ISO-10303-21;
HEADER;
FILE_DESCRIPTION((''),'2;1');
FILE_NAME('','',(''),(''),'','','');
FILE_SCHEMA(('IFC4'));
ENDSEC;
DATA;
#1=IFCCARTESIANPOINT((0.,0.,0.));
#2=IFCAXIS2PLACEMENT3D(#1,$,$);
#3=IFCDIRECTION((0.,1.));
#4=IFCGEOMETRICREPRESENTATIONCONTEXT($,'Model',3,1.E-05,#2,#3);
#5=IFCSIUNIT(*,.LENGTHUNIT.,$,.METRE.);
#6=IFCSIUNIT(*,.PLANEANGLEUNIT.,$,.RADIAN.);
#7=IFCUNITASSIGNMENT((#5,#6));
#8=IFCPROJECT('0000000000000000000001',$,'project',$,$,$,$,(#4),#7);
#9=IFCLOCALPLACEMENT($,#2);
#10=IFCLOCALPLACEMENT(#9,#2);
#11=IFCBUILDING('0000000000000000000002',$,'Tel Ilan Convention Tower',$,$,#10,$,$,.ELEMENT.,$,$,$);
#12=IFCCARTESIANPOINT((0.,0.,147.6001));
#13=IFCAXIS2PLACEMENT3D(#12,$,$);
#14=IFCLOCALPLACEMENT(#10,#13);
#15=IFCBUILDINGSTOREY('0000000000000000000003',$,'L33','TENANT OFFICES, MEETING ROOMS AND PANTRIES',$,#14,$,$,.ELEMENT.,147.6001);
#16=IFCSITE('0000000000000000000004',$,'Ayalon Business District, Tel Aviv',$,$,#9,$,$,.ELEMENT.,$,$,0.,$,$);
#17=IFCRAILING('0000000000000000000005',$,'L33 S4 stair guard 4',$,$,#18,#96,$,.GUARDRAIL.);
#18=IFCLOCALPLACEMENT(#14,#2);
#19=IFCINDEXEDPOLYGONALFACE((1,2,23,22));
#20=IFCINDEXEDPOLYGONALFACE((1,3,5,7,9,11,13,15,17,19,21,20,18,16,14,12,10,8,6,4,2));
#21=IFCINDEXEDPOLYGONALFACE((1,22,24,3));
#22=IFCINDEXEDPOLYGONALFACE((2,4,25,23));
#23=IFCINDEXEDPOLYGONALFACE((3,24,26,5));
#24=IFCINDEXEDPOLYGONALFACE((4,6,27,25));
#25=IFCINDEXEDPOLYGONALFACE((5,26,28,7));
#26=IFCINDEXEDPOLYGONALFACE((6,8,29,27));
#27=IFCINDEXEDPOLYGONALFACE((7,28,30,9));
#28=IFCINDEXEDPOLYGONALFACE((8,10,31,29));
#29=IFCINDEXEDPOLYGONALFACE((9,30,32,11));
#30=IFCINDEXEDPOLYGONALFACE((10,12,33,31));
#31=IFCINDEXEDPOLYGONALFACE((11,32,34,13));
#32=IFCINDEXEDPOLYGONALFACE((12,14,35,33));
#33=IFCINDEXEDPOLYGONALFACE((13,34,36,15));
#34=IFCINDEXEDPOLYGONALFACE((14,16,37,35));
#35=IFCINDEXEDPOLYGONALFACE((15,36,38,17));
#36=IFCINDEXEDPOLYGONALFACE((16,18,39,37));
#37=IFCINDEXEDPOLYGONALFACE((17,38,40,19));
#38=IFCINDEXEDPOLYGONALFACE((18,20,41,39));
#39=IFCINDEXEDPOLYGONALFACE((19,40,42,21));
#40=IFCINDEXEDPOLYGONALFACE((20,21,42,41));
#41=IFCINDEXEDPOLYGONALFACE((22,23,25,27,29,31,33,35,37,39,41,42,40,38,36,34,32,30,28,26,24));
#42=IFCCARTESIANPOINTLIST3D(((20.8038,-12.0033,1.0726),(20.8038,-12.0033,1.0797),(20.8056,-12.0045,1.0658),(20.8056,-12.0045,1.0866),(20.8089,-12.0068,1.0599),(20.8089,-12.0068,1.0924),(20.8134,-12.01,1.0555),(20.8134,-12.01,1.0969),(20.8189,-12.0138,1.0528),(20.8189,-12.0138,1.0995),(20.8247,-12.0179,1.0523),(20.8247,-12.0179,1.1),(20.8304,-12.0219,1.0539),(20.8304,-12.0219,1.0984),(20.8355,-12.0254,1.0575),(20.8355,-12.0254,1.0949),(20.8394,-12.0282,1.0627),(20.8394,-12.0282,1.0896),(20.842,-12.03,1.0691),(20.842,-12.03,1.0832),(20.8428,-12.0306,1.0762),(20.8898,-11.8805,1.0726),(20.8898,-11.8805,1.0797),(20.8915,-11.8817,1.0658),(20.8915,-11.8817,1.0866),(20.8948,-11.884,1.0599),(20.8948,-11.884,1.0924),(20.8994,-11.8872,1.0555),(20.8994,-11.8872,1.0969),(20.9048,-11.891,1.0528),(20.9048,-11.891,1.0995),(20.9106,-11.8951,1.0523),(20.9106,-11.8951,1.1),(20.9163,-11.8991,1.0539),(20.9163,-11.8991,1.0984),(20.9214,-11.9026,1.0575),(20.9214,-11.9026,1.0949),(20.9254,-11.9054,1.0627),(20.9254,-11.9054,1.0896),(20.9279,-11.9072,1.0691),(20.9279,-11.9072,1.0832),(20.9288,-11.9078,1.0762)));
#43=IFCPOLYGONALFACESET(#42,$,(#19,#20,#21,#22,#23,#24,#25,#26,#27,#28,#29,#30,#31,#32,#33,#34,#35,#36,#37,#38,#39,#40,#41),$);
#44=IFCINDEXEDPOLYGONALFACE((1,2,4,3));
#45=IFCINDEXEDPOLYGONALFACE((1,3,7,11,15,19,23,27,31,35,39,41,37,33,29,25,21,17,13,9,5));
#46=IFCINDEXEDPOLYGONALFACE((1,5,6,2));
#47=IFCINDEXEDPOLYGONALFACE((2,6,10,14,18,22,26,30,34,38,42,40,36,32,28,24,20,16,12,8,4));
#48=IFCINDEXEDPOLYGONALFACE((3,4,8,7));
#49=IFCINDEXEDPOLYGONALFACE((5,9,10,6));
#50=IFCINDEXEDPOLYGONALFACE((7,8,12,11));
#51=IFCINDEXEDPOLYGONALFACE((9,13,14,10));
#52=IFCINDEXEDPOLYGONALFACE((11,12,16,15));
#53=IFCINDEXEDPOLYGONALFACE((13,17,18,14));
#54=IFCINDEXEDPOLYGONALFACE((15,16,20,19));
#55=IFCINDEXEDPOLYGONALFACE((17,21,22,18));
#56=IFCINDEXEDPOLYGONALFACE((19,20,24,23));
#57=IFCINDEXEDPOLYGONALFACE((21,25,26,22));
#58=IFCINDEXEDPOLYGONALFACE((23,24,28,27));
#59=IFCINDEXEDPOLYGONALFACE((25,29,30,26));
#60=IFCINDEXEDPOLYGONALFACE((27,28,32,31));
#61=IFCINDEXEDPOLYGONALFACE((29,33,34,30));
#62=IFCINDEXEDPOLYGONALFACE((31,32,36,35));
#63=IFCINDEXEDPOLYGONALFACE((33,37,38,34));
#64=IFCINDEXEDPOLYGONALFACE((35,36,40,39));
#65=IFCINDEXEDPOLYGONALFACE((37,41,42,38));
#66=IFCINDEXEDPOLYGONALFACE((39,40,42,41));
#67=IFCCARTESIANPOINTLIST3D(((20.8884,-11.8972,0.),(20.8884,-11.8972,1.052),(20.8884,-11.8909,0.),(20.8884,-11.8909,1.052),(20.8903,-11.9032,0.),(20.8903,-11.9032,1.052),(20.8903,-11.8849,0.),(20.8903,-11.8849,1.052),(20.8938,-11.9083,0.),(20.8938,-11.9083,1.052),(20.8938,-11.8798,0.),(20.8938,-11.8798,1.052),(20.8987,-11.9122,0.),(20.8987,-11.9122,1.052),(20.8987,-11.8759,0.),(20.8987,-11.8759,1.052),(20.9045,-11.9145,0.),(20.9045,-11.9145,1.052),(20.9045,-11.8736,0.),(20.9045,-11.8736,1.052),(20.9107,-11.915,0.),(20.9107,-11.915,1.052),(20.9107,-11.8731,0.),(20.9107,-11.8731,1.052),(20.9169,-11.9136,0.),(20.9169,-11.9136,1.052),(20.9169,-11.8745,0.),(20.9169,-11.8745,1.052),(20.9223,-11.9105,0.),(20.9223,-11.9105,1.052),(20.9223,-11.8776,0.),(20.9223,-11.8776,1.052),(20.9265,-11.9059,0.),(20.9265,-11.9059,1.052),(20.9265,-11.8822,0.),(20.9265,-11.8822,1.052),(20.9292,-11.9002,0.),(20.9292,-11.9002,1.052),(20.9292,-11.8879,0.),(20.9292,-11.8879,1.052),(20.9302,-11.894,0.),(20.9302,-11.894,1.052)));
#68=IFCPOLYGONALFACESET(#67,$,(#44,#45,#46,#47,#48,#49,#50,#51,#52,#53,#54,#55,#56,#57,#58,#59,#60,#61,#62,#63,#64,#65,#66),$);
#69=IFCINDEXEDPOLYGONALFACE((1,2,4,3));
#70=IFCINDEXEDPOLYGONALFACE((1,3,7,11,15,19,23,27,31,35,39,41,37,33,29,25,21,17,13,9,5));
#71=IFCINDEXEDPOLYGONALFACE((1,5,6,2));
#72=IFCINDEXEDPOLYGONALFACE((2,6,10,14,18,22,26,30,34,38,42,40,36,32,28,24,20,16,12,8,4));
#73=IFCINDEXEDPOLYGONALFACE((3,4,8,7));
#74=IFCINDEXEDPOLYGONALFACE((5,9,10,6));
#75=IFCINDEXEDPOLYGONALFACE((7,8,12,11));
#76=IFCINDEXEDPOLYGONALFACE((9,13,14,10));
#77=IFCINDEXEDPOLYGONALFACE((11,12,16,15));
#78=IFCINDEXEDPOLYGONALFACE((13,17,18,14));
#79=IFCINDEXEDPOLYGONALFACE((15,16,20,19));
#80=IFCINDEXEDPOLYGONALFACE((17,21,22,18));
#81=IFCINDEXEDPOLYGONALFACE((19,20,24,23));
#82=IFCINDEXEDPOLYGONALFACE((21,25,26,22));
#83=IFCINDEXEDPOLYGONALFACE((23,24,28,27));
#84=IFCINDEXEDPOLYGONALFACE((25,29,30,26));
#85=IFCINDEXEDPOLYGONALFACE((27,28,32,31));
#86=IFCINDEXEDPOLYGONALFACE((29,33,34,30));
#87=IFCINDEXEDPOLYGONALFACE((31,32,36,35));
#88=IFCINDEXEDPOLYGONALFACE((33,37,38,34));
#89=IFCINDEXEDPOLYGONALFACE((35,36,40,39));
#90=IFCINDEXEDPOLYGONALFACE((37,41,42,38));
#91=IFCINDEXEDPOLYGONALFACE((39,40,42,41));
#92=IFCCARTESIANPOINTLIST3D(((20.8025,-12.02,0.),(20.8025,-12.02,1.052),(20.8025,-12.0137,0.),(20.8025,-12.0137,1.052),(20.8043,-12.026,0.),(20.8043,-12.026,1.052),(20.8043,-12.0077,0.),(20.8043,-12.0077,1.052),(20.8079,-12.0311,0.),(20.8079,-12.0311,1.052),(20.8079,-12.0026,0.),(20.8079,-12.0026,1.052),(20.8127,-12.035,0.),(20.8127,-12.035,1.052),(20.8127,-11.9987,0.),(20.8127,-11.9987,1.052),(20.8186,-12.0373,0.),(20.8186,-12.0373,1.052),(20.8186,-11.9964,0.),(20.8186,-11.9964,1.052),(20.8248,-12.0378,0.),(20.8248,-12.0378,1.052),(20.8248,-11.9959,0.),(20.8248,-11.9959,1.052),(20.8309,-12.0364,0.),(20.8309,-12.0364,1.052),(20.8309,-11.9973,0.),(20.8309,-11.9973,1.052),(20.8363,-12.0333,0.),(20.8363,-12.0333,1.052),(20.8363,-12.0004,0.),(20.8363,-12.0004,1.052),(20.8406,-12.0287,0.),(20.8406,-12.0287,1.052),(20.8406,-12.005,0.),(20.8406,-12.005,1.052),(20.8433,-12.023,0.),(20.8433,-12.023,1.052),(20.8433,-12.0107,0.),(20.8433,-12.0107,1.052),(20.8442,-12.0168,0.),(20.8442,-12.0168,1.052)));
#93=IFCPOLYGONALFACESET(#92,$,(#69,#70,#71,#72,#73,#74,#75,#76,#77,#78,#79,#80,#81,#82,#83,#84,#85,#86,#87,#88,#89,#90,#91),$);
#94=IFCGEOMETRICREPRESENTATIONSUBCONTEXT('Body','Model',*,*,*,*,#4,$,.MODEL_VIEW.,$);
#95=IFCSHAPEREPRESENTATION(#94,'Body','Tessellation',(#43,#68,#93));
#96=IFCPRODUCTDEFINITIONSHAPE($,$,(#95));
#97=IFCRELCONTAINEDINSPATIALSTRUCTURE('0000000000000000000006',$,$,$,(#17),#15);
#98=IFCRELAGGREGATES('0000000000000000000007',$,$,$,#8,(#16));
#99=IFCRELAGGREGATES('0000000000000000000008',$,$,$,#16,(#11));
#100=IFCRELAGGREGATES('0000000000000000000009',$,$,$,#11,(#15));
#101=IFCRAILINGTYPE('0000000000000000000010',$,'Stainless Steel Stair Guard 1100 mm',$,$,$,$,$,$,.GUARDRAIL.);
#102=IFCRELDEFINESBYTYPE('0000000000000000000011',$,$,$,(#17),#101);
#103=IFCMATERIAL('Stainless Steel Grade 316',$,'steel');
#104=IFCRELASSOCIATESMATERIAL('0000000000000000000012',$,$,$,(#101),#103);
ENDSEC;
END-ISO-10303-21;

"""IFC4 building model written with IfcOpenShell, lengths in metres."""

from ifc_helpers import new_model, si_unit, direction, frame, origin, origin_2d, place, context, subcontext, project, spatial, circle, extrude, material, type_object, element, save


model = new_model("IFC4")

# Units and contexts
model_context = context("Model", 3, precision=1e-05, world=origin(), true_north=direction((0.0, 1.0)))
body_context = subcontext(model_context, "Body", "Model", "MODEL_VIEW")
ifc_project = project(units=[si_unit("LENGTHUNIT", "METRE"), si_unit("PLANEANGLEUNIT", "RADIAN")], contexts=[model_context])

# Site, building, storey
site_placement = place(None, origin())
site = spatial("IfcSite", under=ifc_project, at=site_placement, Name="Ayalon Business District, Tel Aviv", CompositionType="ELEMENT", RefElevation=0.0)
building_placement = place(site_placement, origin())
building = spatial("IfcBuilding", under=site, at=building_placement, Name="Tel Ilan Convention Tower", CompositionType="ELEMENT")
storey_placement = place(building_placement, frame((0.0, 0.0, 147.6001)))
storey = spatial("IfcBuildingStorey", under=building, at=storey_placement, Name="L33", Description="TENANT OFFICES, MEETING ROOMS AND PANTRIES", CompositionType="ELEMENT", Elevation=147.6001)

# Railing
ifc_material_1 = material(Name="Stainless Steel Grade 316", Category="steel")
railing_type_1 = type_object("IfcRailingType", Name="Stainless Steel Stair Guard 1100 mm", PredefinedType="GUARDRAIL", material=ifc_material_1)
railing_1_placement = place(storey_placement, frame((20.9092, -11.894, 0.0)))
element("IfcRailing", 1, at=railing_1_placement, inside=storey, type_object=railing_type_1, Name="L33 S4 stair guard 4", PredefinedType="GUARDRAIL", context=body_context, shape_type="SweptSolid", body=[
    extrude(circle(Radius=0.0239, at=origin_2d()), frame((0.0, 0.0, 1.0762), z_axis=(-0.573353, -0.819308, 0.0), x_axis=(0.819308, -0.573353, 0.0)), (0.0, 0.0, 1.0), 0.1499),
    extrude(circle(Radius=0.021, at=origin_2d()), origin(), (0.0, 0.0, 1.0), 1.052),
    extrude(circle(Radius=0.021, at=origin_2d()), frame((-0.0859, -0.1228, 0.0)), (0.0, 0.0, 1.0), 1.052),
])

save(model, "model.ifc")
